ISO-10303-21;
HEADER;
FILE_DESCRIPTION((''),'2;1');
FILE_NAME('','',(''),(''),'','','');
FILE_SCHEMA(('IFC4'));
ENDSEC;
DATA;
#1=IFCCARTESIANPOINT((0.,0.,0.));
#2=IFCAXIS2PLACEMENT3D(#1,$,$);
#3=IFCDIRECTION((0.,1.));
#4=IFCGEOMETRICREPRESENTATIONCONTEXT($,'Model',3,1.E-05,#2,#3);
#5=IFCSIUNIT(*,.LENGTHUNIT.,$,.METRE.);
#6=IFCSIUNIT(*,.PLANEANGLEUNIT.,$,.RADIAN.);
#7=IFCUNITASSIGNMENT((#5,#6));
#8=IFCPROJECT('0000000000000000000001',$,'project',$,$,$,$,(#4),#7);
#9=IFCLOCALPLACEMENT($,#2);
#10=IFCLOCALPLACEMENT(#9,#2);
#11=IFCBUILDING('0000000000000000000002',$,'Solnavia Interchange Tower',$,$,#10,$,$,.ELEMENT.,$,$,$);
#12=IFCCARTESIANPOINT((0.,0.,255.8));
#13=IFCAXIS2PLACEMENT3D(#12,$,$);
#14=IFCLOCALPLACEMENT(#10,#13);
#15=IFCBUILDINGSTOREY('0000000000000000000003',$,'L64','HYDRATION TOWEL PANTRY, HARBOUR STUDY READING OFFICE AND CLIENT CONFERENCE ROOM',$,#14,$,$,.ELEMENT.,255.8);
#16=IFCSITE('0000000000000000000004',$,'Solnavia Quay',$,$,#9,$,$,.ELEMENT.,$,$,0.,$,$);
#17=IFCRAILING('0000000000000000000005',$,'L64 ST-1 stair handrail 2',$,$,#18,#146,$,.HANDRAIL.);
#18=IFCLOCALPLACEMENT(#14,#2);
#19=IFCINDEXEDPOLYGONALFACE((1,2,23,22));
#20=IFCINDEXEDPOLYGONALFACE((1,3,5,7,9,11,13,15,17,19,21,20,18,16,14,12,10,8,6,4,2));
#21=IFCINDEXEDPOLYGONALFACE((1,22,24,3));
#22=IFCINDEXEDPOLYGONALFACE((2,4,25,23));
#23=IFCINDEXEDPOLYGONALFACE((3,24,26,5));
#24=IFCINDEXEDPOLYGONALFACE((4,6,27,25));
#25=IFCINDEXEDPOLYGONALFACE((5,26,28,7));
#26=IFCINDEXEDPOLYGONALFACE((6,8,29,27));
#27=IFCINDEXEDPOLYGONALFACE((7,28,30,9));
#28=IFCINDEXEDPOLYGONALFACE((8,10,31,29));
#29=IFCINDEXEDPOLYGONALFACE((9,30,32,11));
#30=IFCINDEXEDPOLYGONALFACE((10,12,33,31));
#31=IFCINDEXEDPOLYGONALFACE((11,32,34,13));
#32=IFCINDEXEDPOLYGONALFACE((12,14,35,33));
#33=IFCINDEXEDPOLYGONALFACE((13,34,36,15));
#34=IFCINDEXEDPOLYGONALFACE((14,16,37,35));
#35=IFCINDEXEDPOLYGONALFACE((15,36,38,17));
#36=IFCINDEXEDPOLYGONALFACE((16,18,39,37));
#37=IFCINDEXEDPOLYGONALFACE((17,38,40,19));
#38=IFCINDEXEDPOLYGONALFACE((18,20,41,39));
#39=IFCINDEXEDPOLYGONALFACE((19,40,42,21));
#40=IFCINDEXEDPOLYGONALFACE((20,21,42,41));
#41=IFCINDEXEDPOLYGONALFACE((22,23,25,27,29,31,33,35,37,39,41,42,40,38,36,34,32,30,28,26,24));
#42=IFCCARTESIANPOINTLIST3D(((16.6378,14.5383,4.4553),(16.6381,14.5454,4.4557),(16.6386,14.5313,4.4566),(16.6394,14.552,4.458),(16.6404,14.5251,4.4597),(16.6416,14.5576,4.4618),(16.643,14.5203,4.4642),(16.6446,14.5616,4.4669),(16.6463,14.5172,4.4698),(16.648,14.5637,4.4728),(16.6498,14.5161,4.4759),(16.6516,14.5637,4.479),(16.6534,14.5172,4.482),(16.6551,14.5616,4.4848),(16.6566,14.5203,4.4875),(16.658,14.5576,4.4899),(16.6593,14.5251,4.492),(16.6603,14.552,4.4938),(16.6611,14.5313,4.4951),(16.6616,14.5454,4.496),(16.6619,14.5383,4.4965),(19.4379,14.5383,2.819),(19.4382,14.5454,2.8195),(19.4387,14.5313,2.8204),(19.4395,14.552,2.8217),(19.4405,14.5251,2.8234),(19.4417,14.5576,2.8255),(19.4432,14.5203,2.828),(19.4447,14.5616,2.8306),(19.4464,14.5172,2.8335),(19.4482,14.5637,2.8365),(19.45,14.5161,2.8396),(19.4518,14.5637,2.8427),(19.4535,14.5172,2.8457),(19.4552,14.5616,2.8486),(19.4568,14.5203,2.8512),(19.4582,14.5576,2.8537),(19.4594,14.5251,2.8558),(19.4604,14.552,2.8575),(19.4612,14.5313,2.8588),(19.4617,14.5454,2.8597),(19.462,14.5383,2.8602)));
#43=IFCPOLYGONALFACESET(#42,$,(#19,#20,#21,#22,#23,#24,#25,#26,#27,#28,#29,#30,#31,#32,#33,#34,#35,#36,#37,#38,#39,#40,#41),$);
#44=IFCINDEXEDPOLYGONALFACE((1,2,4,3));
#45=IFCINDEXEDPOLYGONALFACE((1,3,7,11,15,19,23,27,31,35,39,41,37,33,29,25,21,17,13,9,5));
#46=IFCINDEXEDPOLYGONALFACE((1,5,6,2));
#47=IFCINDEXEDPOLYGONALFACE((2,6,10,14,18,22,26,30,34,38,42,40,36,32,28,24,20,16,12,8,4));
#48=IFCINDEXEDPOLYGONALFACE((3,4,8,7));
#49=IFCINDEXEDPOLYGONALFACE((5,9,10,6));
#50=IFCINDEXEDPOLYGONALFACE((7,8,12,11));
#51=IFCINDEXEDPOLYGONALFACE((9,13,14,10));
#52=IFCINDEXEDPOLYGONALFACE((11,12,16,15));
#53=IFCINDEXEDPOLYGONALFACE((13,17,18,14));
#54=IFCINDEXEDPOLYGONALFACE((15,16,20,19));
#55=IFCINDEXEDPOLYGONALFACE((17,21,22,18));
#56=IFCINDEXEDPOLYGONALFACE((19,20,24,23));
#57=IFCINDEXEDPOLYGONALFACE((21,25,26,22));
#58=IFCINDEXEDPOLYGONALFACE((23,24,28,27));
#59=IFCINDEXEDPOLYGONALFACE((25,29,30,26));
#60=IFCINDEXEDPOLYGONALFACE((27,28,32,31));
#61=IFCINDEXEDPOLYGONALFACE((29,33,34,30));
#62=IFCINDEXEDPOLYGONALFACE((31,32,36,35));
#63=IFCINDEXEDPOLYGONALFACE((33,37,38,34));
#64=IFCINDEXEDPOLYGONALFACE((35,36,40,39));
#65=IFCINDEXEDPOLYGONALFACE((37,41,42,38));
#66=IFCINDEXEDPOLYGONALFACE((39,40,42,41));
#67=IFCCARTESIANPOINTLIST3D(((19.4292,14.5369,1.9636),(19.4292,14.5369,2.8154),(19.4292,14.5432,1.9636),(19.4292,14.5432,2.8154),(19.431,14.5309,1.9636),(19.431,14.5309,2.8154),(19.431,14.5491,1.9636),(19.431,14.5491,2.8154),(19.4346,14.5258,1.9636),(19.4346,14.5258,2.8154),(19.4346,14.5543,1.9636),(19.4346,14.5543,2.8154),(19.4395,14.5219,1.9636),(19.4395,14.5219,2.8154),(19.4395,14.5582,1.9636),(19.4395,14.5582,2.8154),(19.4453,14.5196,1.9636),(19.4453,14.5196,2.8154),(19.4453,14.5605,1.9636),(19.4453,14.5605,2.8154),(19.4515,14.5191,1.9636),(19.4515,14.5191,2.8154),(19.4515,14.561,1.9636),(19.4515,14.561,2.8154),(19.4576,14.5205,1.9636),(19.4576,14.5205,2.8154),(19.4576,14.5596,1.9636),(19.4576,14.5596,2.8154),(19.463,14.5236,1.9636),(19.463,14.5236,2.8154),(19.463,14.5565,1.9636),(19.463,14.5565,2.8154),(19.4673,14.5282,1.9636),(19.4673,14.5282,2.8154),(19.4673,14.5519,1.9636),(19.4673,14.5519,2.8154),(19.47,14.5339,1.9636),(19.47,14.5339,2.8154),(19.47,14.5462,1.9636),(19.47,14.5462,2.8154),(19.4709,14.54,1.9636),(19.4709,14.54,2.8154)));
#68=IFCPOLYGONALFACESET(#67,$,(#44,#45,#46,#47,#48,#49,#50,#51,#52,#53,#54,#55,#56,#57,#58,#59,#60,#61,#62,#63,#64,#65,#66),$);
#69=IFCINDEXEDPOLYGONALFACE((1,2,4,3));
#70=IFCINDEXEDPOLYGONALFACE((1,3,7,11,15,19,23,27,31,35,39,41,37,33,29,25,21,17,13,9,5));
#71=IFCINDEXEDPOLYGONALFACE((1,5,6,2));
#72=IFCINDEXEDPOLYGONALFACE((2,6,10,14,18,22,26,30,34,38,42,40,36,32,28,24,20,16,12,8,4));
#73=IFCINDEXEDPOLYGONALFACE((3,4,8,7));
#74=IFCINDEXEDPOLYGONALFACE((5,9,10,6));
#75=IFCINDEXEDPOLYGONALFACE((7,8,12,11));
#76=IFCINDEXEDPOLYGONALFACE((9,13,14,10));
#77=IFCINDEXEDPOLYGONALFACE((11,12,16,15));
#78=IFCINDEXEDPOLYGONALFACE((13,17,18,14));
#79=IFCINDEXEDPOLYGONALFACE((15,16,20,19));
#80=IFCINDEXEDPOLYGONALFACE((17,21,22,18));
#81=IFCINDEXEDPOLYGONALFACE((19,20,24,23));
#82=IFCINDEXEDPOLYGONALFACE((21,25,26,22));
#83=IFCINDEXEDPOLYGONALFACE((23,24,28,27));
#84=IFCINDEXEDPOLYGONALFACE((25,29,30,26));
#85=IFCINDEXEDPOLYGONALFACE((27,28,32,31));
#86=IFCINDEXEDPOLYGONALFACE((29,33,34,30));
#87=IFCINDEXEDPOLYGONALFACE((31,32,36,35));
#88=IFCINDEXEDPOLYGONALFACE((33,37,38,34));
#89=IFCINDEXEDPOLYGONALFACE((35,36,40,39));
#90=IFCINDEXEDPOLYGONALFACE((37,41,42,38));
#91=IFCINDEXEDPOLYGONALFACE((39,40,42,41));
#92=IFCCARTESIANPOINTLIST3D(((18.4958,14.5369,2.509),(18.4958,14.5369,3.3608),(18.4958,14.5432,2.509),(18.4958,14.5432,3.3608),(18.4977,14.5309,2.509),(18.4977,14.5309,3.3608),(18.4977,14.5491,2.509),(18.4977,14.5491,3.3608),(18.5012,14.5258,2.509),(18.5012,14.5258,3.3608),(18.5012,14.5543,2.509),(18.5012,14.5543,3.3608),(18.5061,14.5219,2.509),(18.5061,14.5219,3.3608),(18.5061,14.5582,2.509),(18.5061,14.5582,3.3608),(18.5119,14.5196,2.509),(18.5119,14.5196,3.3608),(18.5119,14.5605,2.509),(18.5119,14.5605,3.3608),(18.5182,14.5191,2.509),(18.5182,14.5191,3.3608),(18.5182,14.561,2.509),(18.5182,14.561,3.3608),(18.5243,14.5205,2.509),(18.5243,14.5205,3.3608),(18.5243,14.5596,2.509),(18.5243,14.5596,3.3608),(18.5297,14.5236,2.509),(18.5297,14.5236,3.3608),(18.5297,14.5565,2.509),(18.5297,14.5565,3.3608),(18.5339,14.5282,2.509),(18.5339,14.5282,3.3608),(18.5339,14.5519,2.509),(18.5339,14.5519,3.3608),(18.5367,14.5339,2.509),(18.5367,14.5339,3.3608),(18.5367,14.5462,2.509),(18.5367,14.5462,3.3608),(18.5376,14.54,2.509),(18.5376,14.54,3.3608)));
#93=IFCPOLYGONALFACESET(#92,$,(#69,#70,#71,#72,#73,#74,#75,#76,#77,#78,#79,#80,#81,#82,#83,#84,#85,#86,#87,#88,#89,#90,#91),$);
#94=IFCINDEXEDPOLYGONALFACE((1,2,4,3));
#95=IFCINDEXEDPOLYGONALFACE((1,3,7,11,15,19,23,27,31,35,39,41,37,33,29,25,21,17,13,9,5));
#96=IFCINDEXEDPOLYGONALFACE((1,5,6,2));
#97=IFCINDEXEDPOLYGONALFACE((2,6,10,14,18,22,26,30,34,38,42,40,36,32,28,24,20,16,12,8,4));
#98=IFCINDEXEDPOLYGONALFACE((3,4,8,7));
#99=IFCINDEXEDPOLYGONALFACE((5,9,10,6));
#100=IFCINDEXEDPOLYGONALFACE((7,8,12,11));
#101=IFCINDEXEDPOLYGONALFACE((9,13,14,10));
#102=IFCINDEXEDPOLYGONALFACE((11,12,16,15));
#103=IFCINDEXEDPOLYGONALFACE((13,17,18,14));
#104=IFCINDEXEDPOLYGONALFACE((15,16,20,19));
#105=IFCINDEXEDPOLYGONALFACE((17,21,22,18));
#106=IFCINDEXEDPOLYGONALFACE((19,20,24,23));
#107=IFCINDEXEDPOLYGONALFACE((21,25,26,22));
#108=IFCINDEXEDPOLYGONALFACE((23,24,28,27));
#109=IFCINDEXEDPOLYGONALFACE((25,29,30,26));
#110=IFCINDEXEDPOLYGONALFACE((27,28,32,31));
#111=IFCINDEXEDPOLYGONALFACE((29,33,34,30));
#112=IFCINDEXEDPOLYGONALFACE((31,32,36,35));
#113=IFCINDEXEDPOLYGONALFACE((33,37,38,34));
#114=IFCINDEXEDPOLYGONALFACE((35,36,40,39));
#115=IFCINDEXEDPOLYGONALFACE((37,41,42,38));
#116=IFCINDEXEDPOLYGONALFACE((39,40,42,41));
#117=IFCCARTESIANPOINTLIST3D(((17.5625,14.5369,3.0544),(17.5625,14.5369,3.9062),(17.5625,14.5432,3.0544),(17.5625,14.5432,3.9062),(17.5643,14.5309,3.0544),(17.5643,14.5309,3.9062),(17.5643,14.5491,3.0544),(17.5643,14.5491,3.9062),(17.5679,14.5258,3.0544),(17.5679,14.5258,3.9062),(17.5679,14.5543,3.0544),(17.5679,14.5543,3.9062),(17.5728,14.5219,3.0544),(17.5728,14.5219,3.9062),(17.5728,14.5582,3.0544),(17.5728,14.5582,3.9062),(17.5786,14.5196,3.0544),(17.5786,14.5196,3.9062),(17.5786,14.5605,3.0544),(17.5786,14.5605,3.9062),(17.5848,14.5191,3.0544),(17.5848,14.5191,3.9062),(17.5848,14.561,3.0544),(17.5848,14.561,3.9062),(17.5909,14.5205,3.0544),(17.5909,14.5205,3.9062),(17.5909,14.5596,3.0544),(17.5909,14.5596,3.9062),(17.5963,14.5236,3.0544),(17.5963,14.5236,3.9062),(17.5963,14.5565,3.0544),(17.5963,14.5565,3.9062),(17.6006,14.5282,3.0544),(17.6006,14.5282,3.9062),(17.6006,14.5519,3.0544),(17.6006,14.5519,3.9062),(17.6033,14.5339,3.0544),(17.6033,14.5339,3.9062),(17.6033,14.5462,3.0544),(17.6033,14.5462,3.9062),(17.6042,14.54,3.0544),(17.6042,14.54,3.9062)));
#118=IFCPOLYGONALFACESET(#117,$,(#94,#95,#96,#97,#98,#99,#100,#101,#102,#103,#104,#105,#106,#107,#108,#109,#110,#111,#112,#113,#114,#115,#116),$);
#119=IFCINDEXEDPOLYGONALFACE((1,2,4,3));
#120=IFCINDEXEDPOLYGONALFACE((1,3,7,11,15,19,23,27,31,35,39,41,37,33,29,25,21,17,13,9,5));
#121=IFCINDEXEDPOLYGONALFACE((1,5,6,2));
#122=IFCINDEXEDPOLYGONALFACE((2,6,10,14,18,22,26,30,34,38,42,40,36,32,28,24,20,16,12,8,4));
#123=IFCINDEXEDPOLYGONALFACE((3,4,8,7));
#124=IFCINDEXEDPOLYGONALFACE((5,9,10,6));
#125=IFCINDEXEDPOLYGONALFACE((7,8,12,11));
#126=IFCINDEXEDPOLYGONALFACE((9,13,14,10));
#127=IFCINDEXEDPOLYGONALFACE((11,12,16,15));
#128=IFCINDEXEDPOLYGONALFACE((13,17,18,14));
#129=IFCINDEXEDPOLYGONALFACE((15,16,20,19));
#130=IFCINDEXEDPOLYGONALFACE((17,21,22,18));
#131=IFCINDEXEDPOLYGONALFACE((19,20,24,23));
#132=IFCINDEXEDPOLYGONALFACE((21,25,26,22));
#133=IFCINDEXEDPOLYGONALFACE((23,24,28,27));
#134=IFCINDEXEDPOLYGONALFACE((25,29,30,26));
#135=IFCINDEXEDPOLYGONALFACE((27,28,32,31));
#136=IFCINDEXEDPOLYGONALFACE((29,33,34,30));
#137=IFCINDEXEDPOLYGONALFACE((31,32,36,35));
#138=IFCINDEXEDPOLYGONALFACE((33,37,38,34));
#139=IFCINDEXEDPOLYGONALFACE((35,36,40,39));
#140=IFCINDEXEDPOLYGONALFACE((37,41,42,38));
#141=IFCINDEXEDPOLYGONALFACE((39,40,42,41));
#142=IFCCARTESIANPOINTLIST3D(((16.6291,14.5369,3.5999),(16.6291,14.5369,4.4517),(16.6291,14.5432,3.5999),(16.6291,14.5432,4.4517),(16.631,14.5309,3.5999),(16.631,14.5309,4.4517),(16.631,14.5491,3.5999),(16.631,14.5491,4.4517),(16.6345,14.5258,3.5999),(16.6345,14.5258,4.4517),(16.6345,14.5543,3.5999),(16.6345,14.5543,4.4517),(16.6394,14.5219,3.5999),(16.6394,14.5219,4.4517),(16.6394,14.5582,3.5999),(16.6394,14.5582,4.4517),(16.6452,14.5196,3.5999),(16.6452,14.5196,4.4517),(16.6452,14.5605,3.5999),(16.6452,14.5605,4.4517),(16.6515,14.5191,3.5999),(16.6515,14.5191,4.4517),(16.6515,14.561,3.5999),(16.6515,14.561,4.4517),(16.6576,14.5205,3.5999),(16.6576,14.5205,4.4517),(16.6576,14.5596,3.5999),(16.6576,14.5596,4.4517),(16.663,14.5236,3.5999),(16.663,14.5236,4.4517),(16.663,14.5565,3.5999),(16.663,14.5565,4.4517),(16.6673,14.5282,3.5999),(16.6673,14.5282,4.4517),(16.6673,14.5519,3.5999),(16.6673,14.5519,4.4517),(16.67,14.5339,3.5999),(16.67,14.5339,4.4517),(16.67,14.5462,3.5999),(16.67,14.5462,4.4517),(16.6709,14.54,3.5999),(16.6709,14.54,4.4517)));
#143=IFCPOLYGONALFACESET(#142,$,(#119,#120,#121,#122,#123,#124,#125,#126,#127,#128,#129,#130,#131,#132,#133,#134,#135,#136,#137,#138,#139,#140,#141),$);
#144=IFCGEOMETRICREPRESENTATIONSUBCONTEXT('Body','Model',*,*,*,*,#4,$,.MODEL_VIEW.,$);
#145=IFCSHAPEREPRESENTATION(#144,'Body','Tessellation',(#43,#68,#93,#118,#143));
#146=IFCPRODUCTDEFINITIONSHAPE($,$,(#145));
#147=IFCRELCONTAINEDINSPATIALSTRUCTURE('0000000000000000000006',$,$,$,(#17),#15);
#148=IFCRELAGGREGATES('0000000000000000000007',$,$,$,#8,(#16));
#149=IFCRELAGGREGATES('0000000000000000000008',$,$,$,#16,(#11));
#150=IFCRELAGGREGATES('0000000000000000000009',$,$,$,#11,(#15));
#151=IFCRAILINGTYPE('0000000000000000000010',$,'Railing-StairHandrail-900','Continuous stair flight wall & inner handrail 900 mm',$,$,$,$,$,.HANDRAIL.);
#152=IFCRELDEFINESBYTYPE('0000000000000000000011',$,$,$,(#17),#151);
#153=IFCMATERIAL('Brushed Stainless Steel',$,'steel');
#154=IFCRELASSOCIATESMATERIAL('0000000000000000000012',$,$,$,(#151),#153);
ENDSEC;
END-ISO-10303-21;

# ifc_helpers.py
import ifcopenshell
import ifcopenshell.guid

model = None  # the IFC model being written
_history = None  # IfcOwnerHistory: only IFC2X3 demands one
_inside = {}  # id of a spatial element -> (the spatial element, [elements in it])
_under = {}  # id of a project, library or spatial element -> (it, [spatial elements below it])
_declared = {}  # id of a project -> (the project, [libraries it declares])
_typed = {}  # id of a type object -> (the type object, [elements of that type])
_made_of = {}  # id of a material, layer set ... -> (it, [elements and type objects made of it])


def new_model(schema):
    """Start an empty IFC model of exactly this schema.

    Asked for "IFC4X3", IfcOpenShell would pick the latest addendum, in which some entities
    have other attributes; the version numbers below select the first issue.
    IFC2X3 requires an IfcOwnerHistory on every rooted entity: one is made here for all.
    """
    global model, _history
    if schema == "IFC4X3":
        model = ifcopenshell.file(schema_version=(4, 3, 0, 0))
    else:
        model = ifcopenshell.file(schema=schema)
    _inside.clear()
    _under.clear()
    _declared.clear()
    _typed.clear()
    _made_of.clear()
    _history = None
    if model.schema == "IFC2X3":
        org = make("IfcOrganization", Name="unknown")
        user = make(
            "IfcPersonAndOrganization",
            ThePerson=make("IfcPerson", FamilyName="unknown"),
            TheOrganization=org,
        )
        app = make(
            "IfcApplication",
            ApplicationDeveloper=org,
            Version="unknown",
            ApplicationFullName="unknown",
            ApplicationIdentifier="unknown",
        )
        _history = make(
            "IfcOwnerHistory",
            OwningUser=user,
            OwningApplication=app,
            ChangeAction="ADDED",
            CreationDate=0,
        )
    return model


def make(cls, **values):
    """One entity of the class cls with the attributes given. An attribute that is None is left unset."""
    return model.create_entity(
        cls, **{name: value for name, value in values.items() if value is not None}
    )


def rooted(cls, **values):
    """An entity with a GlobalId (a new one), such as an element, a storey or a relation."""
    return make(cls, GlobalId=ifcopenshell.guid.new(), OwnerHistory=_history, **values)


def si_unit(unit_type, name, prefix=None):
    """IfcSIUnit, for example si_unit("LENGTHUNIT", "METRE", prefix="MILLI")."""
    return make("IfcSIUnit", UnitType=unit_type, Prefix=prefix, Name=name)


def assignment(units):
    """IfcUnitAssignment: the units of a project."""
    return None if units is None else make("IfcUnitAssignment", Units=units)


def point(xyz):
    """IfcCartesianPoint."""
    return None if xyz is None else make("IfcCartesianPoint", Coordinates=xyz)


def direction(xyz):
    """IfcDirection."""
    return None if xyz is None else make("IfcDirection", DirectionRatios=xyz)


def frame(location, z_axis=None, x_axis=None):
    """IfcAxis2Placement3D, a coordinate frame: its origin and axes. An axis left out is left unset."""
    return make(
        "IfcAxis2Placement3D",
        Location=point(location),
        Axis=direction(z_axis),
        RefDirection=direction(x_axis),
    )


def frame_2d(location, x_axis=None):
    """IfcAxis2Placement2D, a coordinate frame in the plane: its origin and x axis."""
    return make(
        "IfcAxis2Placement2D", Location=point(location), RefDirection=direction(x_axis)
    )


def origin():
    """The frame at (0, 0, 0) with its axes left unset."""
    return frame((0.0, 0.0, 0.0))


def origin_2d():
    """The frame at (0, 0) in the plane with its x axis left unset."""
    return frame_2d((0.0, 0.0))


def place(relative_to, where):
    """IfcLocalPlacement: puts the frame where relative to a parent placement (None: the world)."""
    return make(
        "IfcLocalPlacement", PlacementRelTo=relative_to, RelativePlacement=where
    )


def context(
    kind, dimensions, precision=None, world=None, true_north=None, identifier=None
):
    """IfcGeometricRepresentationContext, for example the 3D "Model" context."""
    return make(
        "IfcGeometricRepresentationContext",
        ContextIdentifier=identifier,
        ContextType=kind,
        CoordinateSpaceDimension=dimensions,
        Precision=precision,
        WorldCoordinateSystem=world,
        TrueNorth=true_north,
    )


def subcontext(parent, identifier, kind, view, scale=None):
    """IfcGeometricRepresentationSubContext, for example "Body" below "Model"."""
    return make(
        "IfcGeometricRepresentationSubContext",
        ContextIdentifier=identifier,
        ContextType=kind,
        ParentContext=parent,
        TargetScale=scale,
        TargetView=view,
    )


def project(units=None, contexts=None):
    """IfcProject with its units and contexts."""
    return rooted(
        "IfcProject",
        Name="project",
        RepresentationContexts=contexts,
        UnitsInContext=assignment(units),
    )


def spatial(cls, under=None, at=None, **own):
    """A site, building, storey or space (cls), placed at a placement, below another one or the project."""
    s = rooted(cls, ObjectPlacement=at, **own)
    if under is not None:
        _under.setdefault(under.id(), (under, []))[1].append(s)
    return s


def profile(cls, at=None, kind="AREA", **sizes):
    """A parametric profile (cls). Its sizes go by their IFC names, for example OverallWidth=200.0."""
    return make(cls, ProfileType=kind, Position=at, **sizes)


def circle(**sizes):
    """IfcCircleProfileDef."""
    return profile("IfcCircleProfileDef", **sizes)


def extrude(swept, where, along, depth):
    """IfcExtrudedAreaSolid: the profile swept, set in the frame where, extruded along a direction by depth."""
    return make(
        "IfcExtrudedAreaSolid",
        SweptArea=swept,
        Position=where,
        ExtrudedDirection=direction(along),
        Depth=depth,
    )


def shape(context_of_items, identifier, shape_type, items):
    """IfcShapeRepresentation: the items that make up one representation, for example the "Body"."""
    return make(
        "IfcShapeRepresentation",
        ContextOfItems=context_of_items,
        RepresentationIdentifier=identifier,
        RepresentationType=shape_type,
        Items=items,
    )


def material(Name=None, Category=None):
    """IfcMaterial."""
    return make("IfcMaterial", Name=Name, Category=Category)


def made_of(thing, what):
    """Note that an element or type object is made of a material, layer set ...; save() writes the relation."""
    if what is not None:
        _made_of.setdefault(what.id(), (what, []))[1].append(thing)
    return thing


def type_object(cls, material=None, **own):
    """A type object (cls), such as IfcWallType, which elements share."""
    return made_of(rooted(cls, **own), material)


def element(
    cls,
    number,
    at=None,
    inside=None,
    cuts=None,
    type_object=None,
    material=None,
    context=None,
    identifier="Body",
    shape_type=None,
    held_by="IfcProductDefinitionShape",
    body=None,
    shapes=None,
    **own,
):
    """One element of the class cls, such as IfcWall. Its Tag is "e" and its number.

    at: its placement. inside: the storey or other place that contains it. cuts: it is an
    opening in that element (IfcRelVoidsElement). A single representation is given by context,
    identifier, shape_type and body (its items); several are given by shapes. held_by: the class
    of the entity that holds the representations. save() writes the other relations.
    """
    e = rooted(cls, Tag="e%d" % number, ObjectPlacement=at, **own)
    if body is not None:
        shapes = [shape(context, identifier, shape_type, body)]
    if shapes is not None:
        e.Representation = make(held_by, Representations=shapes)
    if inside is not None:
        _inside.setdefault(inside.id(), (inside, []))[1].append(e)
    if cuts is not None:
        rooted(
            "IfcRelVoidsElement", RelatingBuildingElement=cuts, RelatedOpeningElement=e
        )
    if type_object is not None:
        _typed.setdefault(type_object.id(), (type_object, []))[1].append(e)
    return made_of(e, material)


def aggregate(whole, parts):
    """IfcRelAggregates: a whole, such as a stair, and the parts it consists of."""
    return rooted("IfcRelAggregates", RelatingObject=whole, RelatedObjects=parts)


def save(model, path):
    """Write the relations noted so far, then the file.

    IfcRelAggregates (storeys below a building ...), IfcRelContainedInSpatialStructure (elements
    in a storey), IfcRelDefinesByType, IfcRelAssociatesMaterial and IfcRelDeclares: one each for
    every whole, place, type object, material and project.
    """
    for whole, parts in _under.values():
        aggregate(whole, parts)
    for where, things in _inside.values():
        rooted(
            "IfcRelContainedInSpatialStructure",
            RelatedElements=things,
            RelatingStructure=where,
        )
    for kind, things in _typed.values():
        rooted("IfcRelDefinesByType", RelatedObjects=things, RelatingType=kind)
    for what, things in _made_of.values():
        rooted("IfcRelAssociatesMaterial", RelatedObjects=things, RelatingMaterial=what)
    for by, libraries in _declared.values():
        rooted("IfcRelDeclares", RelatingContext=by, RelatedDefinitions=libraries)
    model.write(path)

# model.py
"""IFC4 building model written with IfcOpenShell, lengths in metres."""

from ifc_helpers import new_model, si_unit, direction, frame, origin, origin_2d, place, context, subcontext, project, spatial, circle, extrude, material, type_object, element, save


model = new_model("IFC4")

# Units and contexts
model_context = context("Model", 3, precision=1e-05, world=origin(), true_north=direction((0.0, 1.0)))
body_context = subcontext(model_context, "Body", "Model", "MODEL_VIEW")
ifc_project = project(units=[si_unit("LENGTHUNIT", "METRE"), si_unit("PLANEANGLEUNIT", "RADIAN")], contexts=[model_context])

# Site, building, storey
site_placement = place(None, origin())
site = spatial("IfcSite", under=ifc_project, at=site_placement, Name="Solnavia Quay", CompositionType="ELEMENT", RefElevation=0.0)
building_placement = place(site_placement, origin())
building = spatial("IfcBuilding", under=site, at=building_placement, Name="Solnavia Interchange Tower", CompositionType="ELEMENT")
storey_placement = place(building_placement, frame((0.0, 0.0, 255.8)))
storey = spatial("IfcBuildingStorey", under=building, at=storey_placement, Name="L64", Description="HYDRATION TOWEL PANTRY, HARBOUR STUDY READING OFFICE AND CLIENT CONFERENCE ROOM", CompositionType="ELEMENT", Elevation=255.8)

# Railing
ifc_material_1 = material(Name="Brushed Stainless Steel", Category="steel")
railing_type_1 = type_object("IfcRailingType", Name="Railing-StairHandrail-900", Description="Continuous stair flight wall & inner handrail 900 mm", PredefinedType="HANDRAIL", material=ifc_material_1)
railing_1_placement = place(storey_placement, frame((19.45, 14.54, 1.9636)))
element("IfcRailing", 1, at=railing_1_placement, inside=storey, type_object=railing_type_1, Name="L64 ST-1 stair handrail 2", PredefinedType="HANDRAIL", context=body_context, shape_type="SweptSolid", body=[
    extrude(circle(Radius=0.0239, at=origin_2d()), frame((0.0, 0.0, 0.876), z_axis=(-0.863394, 0.0, 0.504531), x_axis=(0.0, -1.0, 0.0)), (0.0, 0.0, 1.0), 3.2432),
    extrude(circle(Radius=0.021, at=origin_2d()), origin(), (0.0, 0.0, 1.0), 0.8518),
    extrude(circle(Radius=0.021, at=origin_2d()), frame((-0.9333, 0.0, 0.5454)), (0.0, 0.0, 1.0), 0.8518),
    extrude(circle(Radius=0.021, at=origin_2d()), frame((-1.8667, 0.0, 1.0908)), (0.0, 0.0, 1.0), 0.8518),
    extrude(circle(Radius=0.021, at=origin_2d()), frame((-2.8, 0.0, 1.6362)), (0.0, 0.0, 1.0), 0.8518),
])

save(model, "model.ifc")
